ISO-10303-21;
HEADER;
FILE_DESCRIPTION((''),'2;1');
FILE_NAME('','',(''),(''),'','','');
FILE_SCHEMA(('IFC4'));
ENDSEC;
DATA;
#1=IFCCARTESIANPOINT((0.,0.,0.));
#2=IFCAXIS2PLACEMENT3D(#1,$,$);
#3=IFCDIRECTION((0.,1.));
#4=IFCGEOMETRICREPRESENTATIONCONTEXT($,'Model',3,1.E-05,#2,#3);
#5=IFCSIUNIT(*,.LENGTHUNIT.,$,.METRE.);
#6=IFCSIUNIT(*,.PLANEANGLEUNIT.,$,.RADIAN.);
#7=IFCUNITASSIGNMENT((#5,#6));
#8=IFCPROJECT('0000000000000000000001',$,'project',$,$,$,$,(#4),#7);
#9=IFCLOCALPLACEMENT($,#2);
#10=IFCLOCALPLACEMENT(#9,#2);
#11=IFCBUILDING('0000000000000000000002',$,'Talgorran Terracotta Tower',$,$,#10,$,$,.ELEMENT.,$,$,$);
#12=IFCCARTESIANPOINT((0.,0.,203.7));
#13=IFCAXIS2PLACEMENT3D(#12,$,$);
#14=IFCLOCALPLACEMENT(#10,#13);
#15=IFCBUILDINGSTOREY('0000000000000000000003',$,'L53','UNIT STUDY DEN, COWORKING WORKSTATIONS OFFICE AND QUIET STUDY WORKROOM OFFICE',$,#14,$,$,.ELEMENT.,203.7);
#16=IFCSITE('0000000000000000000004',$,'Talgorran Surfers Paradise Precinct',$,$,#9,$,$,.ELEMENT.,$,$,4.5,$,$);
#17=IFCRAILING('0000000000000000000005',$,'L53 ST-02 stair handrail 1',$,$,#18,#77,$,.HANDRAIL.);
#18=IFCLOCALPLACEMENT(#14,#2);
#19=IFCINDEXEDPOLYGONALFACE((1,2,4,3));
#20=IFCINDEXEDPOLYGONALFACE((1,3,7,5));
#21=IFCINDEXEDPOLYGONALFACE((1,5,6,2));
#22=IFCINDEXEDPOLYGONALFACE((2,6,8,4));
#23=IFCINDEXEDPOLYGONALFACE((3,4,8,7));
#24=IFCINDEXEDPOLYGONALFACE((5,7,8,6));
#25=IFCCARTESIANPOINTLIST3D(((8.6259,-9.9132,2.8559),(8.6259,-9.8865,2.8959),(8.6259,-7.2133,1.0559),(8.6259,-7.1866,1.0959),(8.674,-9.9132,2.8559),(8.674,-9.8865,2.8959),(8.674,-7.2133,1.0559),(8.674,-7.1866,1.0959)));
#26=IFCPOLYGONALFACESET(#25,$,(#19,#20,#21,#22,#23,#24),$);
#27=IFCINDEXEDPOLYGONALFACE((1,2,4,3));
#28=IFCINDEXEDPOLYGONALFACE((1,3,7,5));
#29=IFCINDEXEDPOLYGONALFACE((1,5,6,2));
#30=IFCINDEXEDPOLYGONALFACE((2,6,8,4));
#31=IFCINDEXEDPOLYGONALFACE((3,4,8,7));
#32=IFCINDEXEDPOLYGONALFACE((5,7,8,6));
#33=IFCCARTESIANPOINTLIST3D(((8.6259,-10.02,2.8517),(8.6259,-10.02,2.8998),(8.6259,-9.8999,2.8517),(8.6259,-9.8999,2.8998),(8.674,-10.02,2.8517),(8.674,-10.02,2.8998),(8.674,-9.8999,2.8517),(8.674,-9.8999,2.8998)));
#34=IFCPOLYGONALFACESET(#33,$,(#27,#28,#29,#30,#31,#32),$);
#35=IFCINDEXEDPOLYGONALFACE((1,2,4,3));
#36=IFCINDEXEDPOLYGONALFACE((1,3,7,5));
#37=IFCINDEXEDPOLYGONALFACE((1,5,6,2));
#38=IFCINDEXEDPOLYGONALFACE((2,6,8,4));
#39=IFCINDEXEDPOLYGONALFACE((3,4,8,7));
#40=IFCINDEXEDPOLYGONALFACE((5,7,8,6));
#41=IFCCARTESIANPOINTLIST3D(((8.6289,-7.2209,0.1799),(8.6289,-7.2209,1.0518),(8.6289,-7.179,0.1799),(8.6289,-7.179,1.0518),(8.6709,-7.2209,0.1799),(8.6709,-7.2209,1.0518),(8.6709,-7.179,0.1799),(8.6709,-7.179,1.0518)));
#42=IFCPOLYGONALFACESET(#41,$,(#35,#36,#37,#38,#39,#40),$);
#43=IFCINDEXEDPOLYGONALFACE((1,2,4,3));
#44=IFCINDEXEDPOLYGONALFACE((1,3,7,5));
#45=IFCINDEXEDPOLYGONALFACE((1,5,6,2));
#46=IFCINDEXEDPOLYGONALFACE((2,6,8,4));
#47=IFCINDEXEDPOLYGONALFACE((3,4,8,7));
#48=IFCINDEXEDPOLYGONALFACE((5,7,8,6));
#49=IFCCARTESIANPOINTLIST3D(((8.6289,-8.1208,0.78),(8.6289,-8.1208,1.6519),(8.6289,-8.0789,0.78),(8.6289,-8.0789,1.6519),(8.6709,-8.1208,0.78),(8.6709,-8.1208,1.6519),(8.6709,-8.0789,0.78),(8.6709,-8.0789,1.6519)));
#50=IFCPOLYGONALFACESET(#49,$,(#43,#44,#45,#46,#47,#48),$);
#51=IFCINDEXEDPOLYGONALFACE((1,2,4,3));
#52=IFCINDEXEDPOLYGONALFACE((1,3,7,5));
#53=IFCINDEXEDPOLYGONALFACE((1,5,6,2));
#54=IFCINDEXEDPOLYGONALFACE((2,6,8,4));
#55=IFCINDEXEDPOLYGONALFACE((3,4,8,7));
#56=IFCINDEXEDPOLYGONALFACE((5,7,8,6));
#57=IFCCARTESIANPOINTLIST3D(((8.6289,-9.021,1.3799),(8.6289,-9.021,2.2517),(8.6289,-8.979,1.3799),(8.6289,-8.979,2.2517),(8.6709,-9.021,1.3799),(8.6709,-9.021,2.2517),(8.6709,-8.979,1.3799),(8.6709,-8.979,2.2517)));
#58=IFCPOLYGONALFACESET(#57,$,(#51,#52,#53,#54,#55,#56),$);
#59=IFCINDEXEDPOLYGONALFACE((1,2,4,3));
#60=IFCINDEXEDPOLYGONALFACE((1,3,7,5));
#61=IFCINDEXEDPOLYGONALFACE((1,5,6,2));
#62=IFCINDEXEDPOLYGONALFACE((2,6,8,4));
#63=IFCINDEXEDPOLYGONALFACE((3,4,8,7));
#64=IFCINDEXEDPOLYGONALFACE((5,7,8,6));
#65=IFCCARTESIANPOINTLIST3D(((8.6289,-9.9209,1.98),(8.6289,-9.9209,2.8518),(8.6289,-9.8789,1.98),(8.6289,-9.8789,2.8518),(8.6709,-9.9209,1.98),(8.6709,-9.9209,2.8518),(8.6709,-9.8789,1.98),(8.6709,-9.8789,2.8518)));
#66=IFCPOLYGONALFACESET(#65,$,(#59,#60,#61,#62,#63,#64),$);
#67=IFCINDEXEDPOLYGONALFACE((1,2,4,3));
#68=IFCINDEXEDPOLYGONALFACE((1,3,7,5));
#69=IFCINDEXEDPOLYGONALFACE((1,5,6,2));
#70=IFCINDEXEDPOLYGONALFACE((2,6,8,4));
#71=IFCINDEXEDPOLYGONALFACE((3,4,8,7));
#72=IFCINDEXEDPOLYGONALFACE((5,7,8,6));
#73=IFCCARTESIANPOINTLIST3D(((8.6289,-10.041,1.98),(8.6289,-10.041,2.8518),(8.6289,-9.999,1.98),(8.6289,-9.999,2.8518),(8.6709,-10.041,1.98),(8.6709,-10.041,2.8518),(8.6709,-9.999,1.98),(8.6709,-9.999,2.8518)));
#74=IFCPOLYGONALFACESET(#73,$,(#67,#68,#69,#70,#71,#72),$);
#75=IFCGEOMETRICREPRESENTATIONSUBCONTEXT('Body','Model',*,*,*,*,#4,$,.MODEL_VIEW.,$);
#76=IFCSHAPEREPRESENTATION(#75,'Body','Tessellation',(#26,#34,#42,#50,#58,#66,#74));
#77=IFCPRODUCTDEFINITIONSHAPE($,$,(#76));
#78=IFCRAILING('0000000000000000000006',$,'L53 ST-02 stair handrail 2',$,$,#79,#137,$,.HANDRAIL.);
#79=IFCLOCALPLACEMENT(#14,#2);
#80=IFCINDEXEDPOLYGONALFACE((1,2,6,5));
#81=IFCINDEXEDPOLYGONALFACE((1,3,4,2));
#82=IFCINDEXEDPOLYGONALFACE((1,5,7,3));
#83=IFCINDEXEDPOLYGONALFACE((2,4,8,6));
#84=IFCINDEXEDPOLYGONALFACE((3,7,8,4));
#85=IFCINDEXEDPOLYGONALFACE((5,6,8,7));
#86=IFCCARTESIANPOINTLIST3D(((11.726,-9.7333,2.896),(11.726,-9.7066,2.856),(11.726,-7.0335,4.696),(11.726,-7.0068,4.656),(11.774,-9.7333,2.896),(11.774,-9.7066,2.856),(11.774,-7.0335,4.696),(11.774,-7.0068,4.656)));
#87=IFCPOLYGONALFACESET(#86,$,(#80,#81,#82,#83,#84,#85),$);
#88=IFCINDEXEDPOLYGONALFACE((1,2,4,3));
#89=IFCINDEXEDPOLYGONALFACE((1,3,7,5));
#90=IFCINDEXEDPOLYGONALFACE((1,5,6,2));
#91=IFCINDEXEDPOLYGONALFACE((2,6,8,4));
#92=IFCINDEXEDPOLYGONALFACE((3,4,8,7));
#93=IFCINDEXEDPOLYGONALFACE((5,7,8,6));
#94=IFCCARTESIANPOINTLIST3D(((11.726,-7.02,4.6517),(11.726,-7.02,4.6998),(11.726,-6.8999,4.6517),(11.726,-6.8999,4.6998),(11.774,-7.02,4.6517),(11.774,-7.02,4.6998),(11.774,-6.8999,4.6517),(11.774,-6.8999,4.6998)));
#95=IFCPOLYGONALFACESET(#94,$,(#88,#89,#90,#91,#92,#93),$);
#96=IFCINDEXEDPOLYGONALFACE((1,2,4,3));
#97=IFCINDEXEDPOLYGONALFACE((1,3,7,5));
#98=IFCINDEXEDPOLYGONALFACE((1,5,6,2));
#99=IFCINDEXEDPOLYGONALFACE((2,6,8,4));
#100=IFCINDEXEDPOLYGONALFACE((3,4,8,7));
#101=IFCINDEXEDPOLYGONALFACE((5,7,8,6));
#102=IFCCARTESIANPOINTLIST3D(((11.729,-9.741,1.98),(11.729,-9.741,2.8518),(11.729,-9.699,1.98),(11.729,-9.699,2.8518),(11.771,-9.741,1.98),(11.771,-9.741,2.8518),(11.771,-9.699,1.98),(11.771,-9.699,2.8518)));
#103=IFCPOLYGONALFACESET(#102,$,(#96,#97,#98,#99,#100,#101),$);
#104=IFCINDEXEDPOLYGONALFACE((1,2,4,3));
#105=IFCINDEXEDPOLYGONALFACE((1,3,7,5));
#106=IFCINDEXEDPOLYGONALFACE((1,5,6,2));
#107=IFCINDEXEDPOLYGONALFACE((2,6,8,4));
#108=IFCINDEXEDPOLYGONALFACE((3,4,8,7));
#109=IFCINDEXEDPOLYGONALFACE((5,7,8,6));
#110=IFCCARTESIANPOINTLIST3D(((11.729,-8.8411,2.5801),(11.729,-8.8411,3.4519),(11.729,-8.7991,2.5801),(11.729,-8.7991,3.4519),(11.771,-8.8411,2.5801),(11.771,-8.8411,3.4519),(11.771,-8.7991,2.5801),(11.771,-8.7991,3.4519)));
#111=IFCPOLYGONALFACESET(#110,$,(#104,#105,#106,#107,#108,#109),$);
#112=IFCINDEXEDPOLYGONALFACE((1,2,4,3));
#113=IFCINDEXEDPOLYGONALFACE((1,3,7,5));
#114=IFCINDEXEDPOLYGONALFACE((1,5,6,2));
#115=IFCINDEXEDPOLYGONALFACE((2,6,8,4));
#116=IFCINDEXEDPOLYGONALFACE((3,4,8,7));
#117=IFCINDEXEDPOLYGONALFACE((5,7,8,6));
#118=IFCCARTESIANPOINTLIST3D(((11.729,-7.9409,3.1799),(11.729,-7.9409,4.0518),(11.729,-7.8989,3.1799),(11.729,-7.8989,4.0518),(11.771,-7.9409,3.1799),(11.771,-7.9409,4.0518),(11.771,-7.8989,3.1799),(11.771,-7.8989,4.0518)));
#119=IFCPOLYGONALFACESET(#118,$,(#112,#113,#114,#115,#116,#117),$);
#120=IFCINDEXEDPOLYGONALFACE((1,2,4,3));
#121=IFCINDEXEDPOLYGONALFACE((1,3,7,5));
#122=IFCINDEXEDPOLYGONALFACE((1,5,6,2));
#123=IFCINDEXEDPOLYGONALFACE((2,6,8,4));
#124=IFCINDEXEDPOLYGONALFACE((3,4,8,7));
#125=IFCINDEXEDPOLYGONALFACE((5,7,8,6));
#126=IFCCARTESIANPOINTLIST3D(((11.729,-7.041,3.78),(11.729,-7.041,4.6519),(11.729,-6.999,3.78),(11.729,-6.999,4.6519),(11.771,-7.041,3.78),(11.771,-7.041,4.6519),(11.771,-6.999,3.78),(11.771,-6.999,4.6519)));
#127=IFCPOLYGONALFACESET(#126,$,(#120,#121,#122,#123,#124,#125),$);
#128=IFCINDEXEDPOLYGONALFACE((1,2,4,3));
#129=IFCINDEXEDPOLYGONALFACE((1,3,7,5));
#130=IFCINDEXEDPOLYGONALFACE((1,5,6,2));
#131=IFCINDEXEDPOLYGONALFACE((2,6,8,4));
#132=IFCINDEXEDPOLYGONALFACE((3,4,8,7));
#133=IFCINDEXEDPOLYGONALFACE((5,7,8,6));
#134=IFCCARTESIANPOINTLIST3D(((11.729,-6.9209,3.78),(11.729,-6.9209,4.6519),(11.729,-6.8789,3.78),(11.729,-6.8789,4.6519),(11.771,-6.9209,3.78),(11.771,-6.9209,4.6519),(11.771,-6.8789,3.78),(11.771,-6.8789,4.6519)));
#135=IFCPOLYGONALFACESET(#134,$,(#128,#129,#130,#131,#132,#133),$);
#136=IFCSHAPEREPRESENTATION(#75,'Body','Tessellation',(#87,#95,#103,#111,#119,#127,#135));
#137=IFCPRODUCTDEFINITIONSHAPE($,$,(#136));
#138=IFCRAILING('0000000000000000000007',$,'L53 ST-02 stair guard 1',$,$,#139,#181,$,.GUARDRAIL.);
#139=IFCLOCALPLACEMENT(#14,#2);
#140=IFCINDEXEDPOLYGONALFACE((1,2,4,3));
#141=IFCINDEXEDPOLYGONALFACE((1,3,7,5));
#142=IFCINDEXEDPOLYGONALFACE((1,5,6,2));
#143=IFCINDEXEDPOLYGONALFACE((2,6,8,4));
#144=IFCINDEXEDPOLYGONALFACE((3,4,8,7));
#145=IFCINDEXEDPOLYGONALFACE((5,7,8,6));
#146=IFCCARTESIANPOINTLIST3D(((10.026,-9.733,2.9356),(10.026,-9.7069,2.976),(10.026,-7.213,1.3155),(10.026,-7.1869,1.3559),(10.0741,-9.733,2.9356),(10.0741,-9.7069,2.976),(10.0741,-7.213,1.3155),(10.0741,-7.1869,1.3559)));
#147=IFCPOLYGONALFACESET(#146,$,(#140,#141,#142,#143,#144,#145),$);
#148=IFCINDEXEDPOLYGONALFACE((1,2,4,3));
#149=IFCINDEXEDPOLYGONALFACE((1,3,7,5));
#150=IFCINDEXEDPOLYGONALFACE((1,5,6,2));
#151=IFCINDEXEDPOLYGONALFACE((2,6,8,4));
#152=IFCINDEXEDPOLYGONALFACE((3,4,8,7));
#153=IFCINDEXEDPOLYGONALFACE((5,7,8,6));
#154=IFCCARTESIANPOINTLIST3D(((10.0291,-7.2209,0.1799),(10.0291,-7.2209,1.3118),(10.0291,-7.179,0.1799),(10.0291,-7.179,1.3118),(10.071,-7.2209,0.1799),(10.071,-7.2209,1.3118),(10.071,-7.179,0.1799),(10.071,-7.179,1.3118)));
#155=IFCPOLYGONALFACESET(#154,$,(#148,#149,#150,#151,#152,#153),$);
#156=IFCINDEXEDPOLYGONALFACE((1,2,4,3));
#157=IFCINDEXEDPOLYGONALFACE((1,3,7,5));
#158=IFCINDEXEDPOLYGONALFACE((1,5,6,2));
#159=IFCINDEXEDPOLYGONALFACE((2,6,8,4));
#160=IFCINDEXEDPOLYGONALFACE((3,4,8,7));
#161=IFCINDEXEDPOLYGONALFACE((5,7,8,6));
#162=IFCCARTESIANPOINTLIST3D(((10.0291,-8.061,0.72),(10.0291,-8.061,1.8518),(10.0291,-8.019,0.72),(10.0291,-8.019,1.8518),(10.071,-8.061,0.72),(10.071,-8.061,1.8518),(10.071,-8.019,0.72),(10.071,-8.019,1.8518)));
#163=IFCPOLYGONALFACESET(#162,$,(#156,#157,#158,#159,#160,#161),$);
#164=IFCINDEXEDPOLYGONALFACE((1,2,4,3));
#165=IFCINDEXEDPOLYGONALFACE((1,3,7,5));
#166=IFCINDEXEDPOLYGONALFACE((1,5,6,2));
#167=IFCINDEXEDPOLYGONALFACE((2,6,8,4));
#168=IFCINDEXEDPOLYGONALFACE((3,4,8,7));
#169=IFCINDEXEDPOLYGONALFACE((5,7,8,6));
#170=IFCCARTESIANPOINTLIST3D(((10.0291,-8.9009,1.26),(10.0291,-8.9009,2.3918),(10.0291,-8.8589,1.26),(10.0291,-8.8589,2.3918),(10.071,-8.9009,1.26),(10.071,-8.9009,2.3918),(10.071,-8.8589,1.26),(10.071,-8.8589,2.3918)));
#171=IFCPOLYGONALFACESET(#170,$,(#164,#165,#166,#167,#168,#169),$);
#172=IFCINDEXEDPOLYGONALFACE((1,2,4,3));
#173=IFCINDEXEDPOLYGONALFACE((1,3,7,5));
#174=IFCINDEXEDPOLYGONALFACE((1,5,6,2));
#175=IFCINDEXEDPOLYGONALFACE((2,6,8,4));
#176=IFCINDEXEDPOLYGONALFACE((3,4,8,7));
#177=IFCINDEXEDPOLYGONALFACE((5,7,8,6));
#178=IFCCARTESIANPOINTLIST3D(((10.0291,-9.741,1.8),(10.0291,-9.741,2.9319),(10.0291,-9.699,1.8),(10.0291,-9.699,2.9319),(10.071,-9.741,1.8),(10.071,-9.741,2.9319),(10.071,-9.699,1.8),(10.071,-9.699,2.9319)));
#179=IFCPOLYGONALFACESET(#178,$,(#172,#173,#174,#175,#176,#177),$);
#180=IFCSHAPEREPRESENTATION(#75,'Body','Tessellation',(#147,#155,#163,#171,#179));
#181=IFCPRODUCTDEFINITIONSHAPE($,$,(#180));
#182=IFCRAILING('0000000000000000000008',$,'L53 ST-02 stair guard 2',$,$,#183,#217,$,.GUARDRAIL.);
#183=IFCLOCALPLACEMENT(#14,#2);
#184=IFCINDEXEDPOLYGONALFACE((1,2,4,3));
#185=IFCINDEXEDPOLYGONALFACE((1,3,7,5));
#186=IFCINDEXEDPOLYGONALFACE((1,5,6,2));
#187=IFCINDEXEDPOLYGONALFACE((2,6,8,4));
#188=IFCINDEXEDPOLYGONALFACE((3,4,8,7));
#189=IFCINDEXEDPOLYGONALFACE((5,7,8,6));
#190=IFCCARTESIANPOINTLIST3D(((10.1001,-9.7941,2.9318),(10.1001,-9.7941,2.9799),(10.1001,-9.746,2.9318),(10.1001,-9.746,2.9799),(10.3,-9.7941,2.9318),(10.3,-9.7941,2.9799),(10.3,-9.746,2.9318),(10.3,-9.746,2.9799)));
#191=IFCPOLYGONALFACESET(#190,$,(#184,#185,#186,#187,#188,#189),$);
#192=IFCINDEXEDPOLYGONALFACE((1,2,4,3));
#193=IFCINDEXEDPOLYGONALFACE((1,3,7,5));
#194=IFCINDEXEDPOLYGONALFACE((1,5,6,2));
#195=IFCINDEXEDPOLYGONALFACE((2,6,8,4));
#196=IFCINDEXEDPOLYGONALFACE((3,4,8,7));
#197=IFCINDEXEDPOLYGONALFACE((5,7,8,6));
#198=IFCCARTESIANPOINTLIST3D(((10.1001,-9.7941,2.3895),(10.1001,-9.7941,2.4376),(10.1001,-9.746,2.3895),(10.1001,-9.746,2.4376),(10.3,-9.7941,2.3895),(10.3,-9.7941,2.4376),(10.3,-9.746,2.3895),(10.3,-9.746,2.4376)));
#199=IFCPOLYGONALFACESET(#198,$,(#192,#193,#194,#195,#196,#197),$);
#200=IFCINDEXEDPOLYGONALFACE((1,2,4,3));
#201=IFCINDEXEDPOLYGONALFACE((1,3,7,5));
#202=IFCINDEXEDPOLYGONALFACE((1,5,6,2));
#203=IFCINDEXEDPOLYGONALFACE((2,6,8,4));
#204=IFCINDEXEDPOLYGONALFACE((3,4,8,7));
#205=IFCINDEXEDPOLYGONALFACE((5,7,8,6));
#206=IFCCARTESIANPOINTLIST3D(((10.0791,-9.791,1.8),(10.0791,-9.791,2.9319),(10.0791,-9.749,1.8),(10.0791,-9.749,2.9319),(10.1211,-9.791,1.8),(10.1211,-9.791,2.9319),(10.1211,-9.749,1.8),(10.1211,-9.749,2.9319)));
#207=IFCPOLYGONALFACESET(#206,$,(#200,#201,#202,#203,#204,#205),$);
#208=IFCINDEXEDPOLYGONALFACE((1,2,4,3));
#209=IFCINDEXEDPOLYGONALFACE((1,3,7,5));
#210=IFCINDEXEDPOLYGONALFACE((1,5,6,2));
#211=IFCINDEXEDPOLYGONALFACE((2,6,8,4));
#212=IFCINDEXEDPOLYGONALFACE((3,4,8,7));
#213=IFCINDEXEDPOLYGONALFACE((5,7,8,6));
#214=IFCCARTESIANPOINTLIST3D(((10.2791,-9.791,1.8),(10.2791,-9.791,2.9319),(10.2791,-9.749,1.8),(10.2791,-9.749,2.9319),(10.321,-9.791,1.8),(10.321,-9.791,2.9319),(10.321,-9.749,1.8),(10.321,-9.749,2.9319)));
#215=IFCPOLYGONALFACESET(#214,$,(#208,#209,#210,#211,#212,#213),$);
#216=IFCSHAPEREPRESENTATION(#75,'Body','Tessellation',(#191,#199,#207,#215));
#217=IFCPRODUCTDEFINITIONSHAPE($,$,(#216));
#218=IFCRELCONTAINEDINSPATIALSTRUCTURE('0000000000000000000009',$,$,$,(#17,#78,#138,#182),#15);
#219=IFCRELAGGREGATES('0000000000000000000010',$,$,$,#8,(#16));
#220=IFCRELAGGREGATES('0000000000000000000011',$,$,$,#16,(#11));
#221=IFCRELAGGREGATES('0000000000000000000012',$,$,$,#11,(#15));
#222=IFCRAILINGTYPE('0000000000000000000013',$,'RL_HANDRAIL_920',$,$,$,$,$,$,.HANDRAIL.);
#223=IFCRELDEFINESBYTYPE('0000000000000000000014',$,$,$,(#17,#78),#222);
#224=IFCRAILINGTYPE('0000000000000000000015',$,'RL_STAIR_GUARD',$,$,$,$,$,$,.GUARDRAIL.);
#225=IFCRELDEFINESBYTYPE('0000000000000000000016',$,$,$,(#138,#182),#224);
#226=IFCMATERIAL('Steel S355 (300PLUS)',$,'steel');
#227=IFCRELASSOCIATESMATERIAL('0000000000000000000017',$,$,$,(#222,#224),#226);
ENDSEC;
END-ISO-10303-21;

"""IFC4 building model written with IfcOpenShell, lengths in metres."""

from ifc_helpers import new_model, si_unit, direction, frame, origin, origin_2d, place, context, subcontext, project, spatial, rectangle, extrude, material, type_object, element, save


model = new_model("IFC4")

# Units and contexts
model_context = context("Model", 3, precision=1e-05, world=origin(), true_north=direction((0.0, 1.0)))
body_context = subcontext(model_context, "Body", "Model", "MODEL_VIEW")
ifc_project = project(units=[si_unit("LENGTHUNIT", "METRE"), si_unit("PLANEANGLEUNIT", "RADIAN")], contexts=[model_context])

# Site, building, storey
site_placement = place(None, origin())
site = spatial("IfcSite", under=ifc_project, at=site_placement, Name="Talgorran Surfers Paradise Precinct", CompositionType="ELEMENT", RefElevation=4.5)
building_placement = place(site_placement, origin())
building = spatial("IfcBuilding", under=site, at=building_placement, Name="Talgorran Terracotta Tower", CompositionType="ELEMENT")
storey_placement = place(building_placement, frame((0.0, 0.0, 203.7)))
storey = spatial("IfcBuildingStorey", under=building, at=storey_placement, Name="L53", Description="UNIT STUDY DEN, COWORKING WORKSTATIONS OFFICE AND QUIET STUDY WORKROOM OFFICE", CompositionType="ELEMENT", Elevation=203.7)

# Shared definitions
ifc_material_1 = material(Name="Steel S355 (300PLUS)", Category="steel")

# Railings
railing_type_1 = type_object("IfcRailingType", Name="RL_HANDRAIL_920", PredefinedType="HANDRAIL", material=ifc_material_1)
railing_1_placement = place(storey_placement, frame((8.6499, -7.2, 0.1799)))
element("IfcRailing", 1, at=railing_1_placement, inside=storey, type_object=railing_type_1, Name="L53 ST-02 stair handrail 1", PredefinedType="HANDRAIL", context=body_context, shape_type="SweptSolid", body=[
    extrude(rectangle(XDim=0.0481, YDim=0.0481, at=origin_2d()), frame((0.0, 0.0, 0.896), z_axis=(0.0, -0.832039, 0.554718), x_axis=(1.0, 0.0, 0.0)), (0.0, 0.0, 1.0), 3.2449),
    extrude(rectangle(XDim=0.0481, YDim=0.0481, at=origin_2d()), frame((0.0, -2.7, 2.6958), z_axis=(0.0, -1.0, 0.0), x_axis=(1.0, 0.0, 0.0)), (0.0, 0.0, 1.0), 0.1201),
    extrude(rectangle(XDim=0.042, YDim=0.042, at=origin_2d()), origin(), (0.0, 0.0, 1.0), 0.8718),
    extrude(rectangle(XDim=0.042, YDim=0.042, at=origin_2d()), frame((0.0, -0.8999, 0.6001)), (0.0, 0.0, 1.0), 0.8718),
    extrude(rectangle(XDim=0.042, YDim=0.042, at=origin_2d()), frame((0.0, -1.8, 1.2)), (0.0, 0.0, 1.0), 0.8718),
    extrude(rectangle(XDim=0.042, YDim=0.042, at=origin_2d()), frame((0.0, -2.7, 1.8)), (0.0, 0.0, 1.0), 0.8718),
    extrude(rectangle(XDim=0.042, YDim=0.042, at=origin_2d()), frame((0.0, -2.8201, 1.8)), (0.0, 0.0, 1.0), 0.8718),
])
railing_2_placement = place(storey_placement, frame((11.75, -9.72, 1.98)))
element("IfcRailing", 2, at=railing_2_placement, inside=storey, type_object=railing_type_1, Name="L53 ST-02 stair handrail 2", PredefinedType="HANDRAIL", context=body_context, shape_type="SweptSolid", body=[
    extrude(rectangle(XDim=0.0481, YDim=0.0481, at=origin_2d()), frame((0.0, 0.0, 0.896), z_axis=(0.0, 0.832039, 0.554718), x_axis=(-1.0, 0.0, 0.0)), (0.0, 0.0, 1.0), 3.2449),
    extrude(rectangle(XDim=0.0481, YDim=0.0481, at=origin_2d()), frame((0.0, 2.7, 2.6958), z_axis=(0.0, 1.0, 0.0), x_axis=(-1.0, 0.0, 0.0)), (0.0, 0.0, 1.0), 0.1201),
    extrude(rectangle(XDim=0.042, YDim=0.042, at=origin_2d()), origin(), (0.0, 0.0, 1.0), 0.8718),
    extrude(rectangle(XDim=0.042, YDim=0.042, at=origin_2d()), frame((0.0, 0.8999, 0.6001)), (0.0, 0.0, 1.0), 0.8718),
    extrude(rectangle(XDim=0.042, YDim=0.042, at=origin_2d()), frame((0.0, 1.8, 1.2)), (0.0, 0.0, 1.0), 0.8718),
    extrude(rectangle(XDim=0.042, YDim=0.042, at=origin_2d()), frame((0.0, 2.7, 1.8)), (0.0, 0.0, 1.0), 0.8718),
    extrude(rectangle(XDim=0.042, YDim=0.042, at=origin_2d()), frame((0.0, 2.8201, 1.8)), (0.0, 0.0, 1.0), 0.8718),
])
railing_type_2 = type_object("IfcRailingType", Name="RL_STAIR_GUARD", PredefinedType="GUARDRAIL", material=ifc_material_1)
railing_3_placement = place(storey_placement, frame((10.05, -7.2, 0.1799)))
element("IfcRailing", 3, at=railing_3_placement, inside=storey, type_object=railing_type_2, Name="L53 ST-02 stair guard 1", PredefinedType="GUARDRAIL", context=body_context, shape_type="SweptSolid", body=[
    extrude(rectangle(XDim=0.0481, YDim=0.0481, at=origin_2d()), frame((0.0, 0.0, 1.1558), z_axis=(0.0, -0.841163, 0.540782), x_axis=(1.0, 0.0, 0.0)), (0.0, 0.0, 1.0), 2.9958),
    extrude(rectangle(XDim=0.042, YDim=0.042, at=origin_2d()), origin(), (0.0, 0.0, 1.0), 1.1318),
    extrude(rectangle(XDim=0.042, YDim=0.042, at=origin_2d()), frame((0.0, -0.8401, 0.54)), (0.0, 0.0, 1.0), 1.1318),
    extrude(rectangle(XDim=0.042, YDim=0.042, at=origin_2d()), frame((0.0, -1.6799, 1.0801)), (0.0, 0.0, 1.0), 1.1318),
    extrude(rectangle(XDim=0.042, YDim=0.042, at=origin_2d()), frame((0.0, -2.52, 1.6201)), (0.0, 0.0, 1.0), 1.1318),
])
railing_4_placement = place(storey_placement, frame((10.1001, -9.77, 1.8)))
element("IfcRailing", 4, at=railing_4_placement, inside=storey, type_object=railing_type_2, Name="L53 ST-02 stair guard 2", PredefinedType="GUARDRAIL", context=body_context, shape_type="SweptSolid", body=[
    extrude(rectangle(XDim=0.0481, YDim=0.0481, at=origin_2d()), frame((0.0, 0.0, 1.1558), z_axis=(1.0, 0.0, 0.0), x_axis=(0.0, 1.0, 0.0)), (0.0, 0.0, 1.0), 0.2),
    extrude(rectangle(XDim=0.0481, YDim=0.0481, at=origin_2d()), frame((0.0, 0.0, 0.6135), z_axis=(1.0, 0.0, 0.0), x_axis=(0.0, 1.0, 0.0)), (0.0, 0.0, 1.0), 0.2),
    extrude(rectangle(XDim=0.042, YDim=0.042, at=origin_2d()), origin(), (0.0, 0.0, 1.0), 1.1318),
    extrude(rectangle(XDim=0.042, YDim=0.042, at=origin_2d()), frame((0.2, 0.0, 0.0)), (0.0, 0.0, 1.0), 1.1318),
])

save(model, "model.ifc")
